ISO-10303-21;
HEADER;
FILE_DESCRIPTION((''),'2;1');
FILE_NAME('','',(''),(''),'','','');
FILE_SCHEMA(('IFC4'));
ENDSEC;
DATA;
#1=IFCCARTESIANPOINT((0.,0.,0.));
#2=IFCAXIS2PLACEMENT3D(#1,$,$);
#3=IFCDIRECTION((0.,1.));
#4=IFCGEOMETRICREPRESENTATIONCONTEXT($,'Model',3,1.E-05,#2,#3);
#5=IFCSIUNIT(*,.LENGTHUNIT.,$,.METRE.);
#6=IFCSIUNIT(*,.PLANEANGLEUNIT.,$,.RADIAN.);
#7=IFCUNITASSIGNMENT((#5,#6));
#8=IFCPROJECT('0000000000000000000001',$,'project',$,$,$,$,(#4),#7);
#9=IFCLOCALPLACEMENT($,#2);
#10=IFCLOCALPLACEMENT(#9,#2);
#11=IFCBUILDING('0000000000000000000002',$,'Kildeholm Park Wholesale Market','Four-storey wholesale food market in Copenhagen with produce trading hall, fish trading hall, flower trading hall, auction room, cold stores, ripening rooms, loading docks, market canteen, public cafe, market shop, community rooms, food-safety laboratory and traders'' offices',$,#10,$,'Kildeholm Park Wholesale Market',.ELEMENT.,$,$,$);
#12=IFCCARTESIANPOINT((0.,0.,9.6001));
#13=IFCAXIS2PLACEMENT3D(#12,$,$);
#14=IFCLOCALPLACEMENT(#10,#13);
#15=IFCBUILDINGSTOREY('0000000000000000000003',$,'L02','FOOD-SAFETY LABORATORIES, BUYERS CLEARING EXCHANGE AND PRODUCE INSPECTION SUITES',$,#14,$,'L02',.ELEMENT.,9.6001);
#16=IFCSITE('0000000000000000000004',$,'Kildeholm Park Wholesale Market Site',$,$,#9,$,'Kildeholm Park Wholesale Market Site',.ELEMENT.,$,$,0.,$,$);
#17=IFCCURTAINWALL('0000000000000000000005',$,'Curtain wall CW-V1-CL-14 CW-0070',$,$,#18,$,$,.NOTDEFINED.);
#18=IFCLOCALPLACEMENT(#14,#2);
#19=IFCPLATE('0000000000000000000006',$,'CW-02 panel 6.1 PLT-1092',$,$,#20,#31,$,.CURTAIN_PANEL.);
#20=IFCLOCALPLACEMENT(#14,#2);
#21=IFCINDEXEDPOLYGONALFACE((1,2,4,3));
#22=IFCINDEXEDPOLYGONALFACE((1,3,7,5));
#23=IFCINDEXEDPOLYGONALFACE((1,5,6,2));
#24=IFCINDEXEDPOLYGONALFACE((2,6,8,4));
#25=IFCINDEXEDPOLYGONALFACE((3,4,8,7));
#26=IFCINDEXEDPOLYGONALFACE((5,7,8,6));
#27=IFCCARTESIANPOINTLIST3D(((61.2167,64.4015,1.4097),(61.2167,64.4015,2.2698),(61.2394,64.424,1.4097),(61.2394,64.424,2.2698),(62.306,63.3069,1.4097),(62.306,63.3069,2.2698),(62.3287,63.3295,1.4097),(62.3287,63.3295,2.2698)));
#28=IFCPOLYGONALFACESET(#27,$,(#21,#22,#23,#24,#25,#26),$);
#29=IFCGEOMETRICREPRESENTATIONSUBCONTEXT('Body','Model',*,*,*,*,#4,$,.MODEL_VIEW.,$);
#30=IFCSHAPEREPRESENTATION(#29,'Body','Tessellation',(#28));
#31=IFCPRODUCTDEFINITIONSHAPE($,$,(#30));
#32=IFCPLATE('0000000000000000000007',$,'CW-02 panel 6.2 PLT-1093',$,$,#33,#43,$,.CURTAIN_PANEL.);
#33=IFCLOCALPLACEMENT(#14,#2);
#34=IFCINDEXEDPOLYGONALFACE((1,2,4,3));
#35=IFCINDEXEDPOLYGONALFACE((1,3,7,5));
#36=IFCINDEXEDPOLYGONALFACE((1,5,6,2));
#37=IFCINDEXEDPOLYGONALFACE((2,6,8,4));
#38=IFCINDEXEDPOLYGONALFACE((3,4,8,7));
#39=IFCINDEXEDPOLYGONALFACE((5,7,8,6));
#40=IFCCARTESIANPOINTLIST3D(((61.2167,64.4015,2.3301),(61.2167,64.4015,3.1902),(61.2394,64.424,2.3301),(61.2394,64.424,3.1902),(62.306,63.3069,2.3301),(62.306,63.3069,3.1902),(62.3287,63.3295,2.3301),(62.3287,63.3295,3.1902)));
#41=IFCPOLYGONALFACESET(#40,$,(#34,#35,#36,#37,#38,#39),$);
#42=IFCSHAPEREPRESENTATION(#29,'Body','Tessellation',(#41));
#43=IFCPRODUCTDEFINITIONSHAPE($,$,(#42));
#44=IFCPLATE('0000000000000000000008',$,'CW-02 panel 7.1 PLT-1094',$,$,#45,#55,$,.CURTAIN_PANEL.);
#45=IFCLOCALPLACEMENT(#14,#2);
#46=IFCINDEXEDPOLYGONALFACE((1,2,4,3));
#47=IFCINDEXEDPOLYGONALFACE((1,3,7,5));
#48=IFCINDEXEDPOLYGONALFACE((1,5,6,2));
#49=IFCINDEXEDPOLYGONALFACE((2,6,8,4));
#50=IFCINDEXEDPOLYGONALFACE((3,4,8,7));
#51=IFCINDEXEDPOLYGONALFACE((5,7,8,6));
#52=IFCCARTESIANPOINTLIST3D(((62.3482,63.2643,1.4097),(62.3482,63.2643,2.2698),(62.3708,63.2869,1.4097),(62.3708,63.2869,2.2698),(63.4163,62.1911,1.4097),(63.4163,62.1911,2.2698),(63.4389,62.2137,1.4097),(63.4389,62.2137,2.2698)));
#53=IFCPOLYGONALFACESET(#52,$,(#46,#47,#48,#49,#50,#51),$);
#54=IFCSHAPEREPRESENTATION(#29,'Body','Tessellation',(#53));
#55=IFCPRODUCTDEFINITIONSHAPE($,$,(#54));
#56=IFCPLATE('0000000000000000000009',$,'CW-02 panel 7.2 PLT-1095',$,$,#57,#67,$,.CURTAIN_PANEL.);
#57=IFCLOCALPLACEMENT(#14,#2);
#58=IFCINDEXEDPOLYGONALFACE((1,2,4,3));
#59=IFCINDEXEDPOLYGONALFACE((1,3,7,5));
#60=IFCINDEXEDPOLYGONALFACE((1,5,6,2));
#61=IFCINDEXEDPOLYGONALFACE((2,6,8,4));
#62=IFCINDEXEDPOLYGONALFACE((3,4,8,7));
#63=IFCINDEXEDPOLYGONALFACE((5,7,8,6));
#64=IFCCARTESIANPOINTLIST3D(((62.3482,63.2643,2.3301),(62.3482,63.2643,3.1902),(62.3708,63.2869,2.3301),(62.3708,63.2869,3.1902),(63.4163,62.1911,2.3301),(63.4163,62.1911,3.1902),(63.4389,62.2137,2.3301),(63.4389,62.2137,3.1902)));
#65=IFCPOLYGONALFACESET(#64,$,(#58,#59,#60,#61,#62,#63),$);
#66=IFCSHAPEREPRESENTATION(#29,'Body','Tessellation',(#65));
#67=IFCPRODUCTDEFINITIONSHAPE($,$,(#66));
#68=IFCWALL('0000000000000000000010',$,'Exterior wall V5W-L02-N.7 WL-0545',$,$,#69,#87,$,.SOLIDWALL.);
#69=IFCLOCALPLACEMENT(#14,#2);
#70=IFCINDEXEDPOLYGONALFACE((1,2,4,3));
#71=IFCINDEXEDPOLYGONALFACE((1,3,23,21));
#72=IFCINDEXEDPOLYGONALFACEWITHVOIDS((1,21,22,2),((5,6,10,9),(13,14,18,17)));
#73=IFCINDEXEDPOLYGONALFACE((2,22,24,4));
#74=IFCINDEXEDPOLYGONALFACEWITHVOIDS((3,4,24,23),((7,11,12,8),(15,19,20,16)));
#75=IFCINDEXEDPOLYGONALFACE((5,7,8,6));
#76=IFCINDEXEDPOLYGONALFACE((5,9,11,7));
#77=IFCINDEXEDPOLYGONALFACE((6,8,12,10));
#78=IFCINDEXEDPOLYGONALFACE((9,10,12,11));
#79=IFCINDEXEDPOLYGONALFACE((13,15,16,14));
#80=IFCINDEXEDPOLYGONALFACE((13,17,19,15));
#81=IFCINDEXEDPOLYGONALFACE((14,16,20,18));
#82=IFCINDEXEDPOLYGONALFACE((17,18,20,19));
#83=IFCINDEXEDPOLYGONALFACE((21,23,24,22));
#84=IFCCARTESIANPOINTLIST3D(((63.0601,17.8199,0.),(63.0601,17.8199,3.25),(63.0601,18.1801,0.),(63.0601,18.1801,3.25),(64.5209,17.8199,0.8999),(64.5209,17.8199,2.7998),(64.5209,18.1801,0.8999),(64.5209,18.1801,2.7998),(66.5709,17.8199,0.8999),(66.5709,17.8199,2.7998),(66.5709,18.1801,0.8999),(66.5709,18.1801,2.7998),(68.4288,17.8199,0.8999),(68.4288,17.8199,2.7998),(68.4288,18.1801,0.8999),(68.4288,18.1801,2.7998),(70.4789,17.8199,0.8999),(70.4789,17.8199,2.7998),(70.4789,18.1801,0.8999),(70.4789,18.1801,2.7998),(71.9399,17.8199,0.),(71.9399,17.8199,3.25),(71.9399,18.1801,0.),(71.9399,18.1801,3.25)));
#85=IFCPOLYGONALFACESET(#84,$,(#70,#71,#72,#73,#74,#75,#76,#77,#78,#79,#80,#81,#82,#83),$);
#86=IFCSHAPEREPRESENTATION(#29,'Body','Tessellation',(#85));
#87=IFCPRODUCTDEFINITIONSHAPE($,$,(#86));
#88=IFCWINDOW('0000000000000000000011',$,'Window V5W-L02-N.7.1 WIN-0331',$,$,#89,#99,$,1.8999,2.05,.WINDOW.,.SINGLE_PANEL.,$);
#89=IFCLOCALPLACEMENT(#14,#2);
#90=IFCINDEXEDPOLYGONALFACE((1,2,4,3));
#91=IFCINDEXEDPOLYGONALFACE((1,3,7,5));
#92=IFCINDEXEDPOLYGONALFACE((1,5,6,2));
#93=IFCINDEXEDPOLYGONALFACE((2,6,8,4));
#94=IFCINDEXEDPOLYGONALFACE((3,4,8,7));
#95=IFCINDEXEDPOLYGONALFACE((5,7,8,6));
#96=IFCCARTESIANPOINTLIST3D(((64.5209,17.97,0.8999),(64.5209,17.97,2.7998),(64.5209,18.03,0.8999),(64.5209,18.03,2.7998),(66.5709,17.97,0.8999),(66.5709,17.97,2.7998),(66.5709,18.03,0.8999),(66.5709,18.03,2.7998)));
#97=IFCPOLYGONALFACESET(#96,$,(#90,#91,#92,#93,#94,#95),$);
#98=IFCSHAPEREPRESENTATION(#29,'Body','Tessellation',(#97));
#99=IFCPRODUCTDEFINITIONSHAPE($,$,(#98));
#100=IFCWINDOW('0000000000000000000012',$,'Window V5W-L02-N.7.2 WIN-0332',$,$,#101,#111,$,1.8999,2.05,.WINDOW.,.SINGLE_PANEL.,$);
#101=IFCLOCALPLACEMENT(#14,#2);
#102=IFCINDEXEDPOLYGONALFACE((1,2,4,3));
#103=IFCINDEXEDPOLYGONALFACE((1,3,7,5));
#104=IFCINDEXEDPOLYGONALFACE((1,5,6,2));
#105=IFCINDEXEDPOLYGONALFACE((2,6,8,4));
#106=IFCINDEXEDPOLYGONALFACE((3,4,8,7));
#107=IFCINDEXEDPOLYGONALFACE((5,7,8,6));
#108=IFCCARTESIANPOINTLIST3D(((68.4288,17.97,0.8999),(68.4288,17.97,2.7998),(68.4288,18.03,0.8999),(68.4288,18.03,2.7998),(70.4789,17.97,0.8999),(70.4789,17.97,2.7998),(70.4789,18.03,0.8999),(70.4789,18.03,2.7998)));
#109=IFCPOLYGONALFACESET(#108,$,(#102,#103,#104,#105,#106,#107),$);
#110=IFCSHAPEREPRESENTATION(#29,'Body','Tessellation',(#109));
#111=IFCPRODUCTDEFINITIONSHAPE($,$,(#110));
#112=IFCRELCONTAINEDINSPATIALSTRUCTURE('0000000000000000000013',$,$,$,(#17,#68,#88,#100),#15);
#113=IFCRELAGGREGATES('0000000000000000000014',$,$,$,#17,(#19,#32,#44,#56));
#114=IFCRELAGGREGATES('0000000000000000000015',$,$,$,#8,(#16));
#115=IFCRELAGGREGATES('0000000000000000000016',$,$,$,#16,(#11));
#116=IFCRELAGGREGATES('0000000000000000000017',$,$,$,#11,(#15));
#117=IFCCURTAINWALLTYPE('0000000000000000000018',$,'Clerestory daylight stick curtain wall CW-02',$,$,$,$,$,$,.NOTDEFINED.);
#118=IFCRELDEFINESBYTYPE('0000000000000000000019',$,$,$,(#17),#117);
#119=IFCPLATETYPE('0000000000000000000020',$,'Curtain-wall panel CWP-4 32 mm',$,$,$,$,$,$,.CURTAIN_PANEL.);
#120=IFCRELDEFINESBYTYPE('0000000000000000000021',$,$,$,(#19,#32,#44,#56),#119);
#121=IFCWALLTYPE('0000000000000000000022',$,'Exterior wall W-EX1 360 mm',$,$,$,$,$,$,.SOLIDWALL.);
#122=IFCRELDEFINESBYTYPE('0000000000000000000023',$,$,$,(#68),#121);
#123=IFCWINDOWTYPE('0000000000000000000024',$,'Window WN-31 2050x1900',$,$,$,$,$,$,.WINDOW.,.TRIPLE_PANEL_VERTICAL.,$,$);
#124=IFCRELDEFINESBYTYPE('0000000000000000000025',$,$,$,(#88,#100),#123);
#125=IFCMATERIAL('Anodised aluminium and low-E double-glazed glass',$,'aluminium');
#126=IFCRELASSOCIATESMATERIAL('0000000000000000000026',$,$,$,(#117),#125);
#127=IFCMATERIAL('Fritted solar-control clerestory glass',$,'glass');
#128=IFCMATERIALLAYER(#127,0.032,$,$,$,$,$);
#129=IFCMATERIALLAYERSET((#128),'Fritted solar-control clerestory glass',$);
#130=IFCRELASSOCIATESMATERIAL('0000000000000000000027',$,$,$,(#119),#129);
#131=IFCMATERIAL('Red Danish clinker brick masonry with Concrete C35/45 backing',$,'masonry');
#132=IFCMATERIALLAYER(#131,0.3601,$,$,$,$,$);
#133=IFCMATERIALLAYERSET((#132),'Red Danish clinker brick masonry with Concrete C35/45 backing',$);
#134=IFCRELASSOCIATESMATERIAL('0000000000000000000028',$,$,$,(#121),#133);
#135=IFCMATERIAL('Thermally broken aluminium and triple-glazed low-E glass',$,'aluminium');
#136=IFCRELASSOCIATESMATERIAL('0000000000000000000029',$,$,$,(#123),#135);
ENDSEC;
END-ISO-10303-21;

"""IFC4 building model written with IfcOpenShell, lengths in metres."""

from ifc_helpers import new_model, si_unit, direction, frame, frame_2d, origin, origin_2d, place, context, subcontext, project, spatial, rectangle, extrude, material, layer, layer_set, type_object, element, fill, aggregate, save


model = new_model("IFC4")

# Units and contexts
model_context = context("Model", 3, precision=1e-05, world=origin(), true_north=direction((0.0, 1.0)))
body_context = subcontext(model_context, "Body", "Model", "MODEL_VIEW")
ifc_project = project(units=[si_unit("LENGTHUNIT", "METRE"), si_unit("PLANEANGLEUNIT", "RADIAN")], contexts=[model_context])

# Site, building, storey
site_placement = place(None, origin())
site = spatial("IfcSite", under=ifc_project, at=site_placement, Name="Kildeholm Park Wholesale Market Site", LongName="Kildeholm Park Wholesale Market Site", CompositionType="ELEMENT", RefElevation=0.0)
building_placement = place(site_placement, origin())
building = spatial("IfcBuilding", under=site, at=building_placement, Name="Kildeholm Park Wholesale Market", Description="Four-storey wholesale food market in Copenhagen with produce trading hall, fish trading hall, flower trading hall, auction room, cold stores, ripening rooms, loading docks, market canteen, public cafe, market shop, community rooms, food-safety laboratory and traders' offices", LongName="Kildeholm Park Wholesale Market", CompositionType="ELEMENT")
storey_placement = place(building_placement, frame((0.0, 0.0, 9.6001)))
storey = spatial("IfcBuildingStorey", under=building, at=storey_placement, Name="L02", Description="FOOD-SAFETY LABORATORIES, BUYERS CLEARING EXCHANGE AND PRODUCE INSPECTION SUITES", LongName="L02", CompositionType="ELEMENT", Elevation=9.6001)

# Curtain wall, plates
ifc_material_1 = material(Name="Anodised aluminium and low-E double-glazed glass", Category="aluminium")
curtain_wall_type = type_object("IfcCurtainWallType", Name="Clerestory daylight stick curtain wall CW-02", PredefinedType="NOTDEFINED", material=ifc_material_1)
curtain_wall_placement = place(storey_placement, origin())
curtain_wall = element("IfcCurtainWall", 1, at=curtain_wall_placement, inside=storey, type_object=curtain_wall_type, Name="Curtain wall CW-V1-CL-14 CW-0070", PredefinedType="NOTDEFINED")
ifc_material_2 = material(Name="Fritted solar-control clerestory glass", Category="glass")
ifc_layer_1 = layer(ifc_material_2, 0.032)
ifc_layer_set_1 = layer_set([ifc_layer_1], Name="Fritted solar-control clerestory glass")
plate_type = type_object("IfcPlateType", Name="Curtain-wall panel CWP-4 32 mm", PredefinedType="CURTAIN_PANEL", material=ifc_layer_set_1)
plate_1_placement = place(storey_placement, frame((61.7727, 63.8655, 1.4097), z_axis=(0.0, 0.0, 1.0), x_axis=(0.705413, -0.708797, 0.0)))
plate_1 = element("IfcPlate", 2, at=plate_1_placement, type_object=plate_type, Name="CW-02 panel 6.1 PLT-1092", PredefinedType="CURTAIN_PANEL", context=body_context, shape_type="SweptSolid", body=[
    extrude(rectangle(XDim=1.5442, YDim=0.032, at=origin_2d()), origin(), (0.0, 0.0, 1.0), 0.8601),
])
plate_2_placement = place(storey_placement, frame((61.7727, 63.8655, 2.3301), z_axis=(0.0, 0.0, 1.0), x_axis=(0.705413, -0.708797, 0.0)))
plate_2 = element("IfcPlate", 3, at=plate_2_placement, type_object=plate_type, Name="CW-02 panel 6.2 PLT-1093", PredefinedType="CURTAIN_PANEL", context=body_context, shape_type="SweptSolid", body=[
    extrude(rectangle(XDim=1.5442, YDim=0.032, at=origin_2d()), origin(), (0.0, 0.0, 1.0), 0.8601),
])
plate_3_placement = place(storey_placement, frame((62.8936, 62.739, 1.4097), z_axis=(0.0, 0.0, 1.0), x_axis=(0.705413, -0.708797, 0.0)))
plate_3 = element("IfcPlate", 4, at=plate_3_placement, type_object=plate_type, Name="CW-02 panel 7.1 PLT-1094", PredefinedType="CURTAIN_PANEL", context=body_context, shape_type="SweptSolid", body=[
    extrude(rectangle(XDim=1.5142, YDim=0.032, at=origin_2d()), origin(), (0.0, 0.0, 1.0), 0.8601),
])
plate_4_placement = place(storey_placement, frame((62.8936, 62.739, 2.3301), z_axis=(0.0, 0.0, 1.0), x_axis=(0.705413, -0.708797, 0.0)))
plate_4 = element("IfcPlate", 5, at=plate_4_placement, type_object=plate_type, Name="CW-02 panel 7.2 PLT-1095", PredefinedType="CURTAIN_PANEL", context=body_context, shape_type="SweptSolid", body=[
    extrude(rectangle(XDim=1.5142, YDim=0.032, at=origin_2d()), origin(), (0.0, 0.0, 1.0), 0.8601),
])
aggregate(curtain_wall, [plate_1, plate_2, plate_3, plate_4])

# Wall, openings, windows
ifc_material_3 = material(Name="Red Danish clinker brick masonry with Concrete C35/45 backing", Category="masonry")
ifc_layer_2 = layer(ifc_material_3, 0.3601)
ifc_layer_set_2 = layer_set([ifc_layer_2], Name="Red Danish clinker brick masonry with Concrete C35/45 backing")
wall_type = type_object("IfcWallType", Name="Exterior wall W-EX1 360 mm", PredefinedType="SOLIDWALL", material=ifc_layer_set_2)
wall_placement = place(storey_placement, frame((63.0601, 18.0, 0.0), z_axis=(0.0, 0.0, 1.0), x_axis=(1.0, 0.0, 0.0)))
wall = element("IfcWall", 6, at=wall_placement, inside=storey, type_object=wall_type, Name="Exterior wall V5W-L02-N.7 WL-0545", PredefinedType="SOLIDWALL", context=body_context, shape_type="SweptSolid", body=[
    extrude(rectangle(XDim=8.8799, YDim=0.3601, at=frame_2d((4.4399, 0.0))), origin(), (0.0, 0.0, 1.0), 3.25),
])
opening_1_placement = place(wall_placement, frame((1.4609, 0.0, 0.8999)))
opening_1 = element("IfcOpeningElement", 7, at=opening_1_placement, cuts=wall, PredefinedType="OPENING", context=body_context, shape_type="SweptSolid", body=[
    extrude(rectangle(XDim=2.05, YDim=1.8999, at=frame_2d((1.0249, 0.95))), frame((0.0, 0.1899, 0.0), z_axis=(0.0, -1.0, 0.0), x_axis=(1.0, 0.0, 0.0)), (0.0, 0.0, 1.0), 0.3801),
])
opening_2_placement = place(wall_placement, frame((5.3689, 0.0, 0.8999)))
opening_2 = element("IfcOpeningElement", 8, at=opening_2_placement, cuts=wall, PredefinedType="OPENING", context=body_context, shape_type="SweptSolid", body=[
    extrude(rectangle(XDim=2.05, YDim=1.8999, at=frame_2d((1.0249, 0.95))), frame((0.0, 0.1899, 0.0), z_axis=(0.0, -1.0, 0.0), x_axis=(1.0, 0.0, 0.0)), (0.0, 0.0, 1.0), 0.3801),
])
ifc_material_4 = material(Name="Thermally broken aluminium and triple-glazed low-E glass", Category="aluminium")
window_type = type_object("IfcWindowType", Name="Window WN-31 2050x1900", PartitioningType="TRIPLE_PANEL_VERTICAL", PredefinedType="WINDOW", material=ifc_material_4)
window_1_placement = place(opening_1_placement, origin())
window_1 = element("IfcWindow", 9, at=window_1_placement, inside=storey, type_object=window_type, Name="Window V5W-L02-N.7.1 WIN-0331", OverallHeight=1.8999, OverallWidth=2.05, PartitioningType="SINGLE_PANEL", PredefinedType="WINDOW", context=body_context, shape_type="SweptSolid", body=[
    extrude(rectangle(XDim=2.05, YDim=1.8999, at=frame_2d((1.0249, 0.95))), frame((0.0, 0.03, 0.0), z_axis=(0.0, -1.0, 0.0), x_axis=(1.0, 0.0, 0.0)), (0.0, 0.0, 1.0), 0.0601),
])
fill(opening_1, window_1)
window_2_placement = place(opening_2_placement, origin())
window_2 = element("IfcWindow", 10, at=window_2_placement, inside=storey, type_object=window_type, Name="Window V5W-L02-N.7.2 WIN-0332", OverallHeight=1.8999, OverallWidth=2.05, PartitioningType="SINGLE_PANEL", PredefinedType="WINDOW", context=body_context, shape_type="SweptSolid", body=[
    extrude(rectangle(XDim=2.05, YDim=1.8999, at=frame_2d((1.0249, 0.95))), frame((0.0, 0.03, 0.0), z_axis=(0.0, -1.0, 0.0), x_axis=(1.0, 0.0, 0.0)), (0.0, 0.0, 1.0), 0.0601),
])
fill(opening_2, window_2)

save(model, "model.ifc")
